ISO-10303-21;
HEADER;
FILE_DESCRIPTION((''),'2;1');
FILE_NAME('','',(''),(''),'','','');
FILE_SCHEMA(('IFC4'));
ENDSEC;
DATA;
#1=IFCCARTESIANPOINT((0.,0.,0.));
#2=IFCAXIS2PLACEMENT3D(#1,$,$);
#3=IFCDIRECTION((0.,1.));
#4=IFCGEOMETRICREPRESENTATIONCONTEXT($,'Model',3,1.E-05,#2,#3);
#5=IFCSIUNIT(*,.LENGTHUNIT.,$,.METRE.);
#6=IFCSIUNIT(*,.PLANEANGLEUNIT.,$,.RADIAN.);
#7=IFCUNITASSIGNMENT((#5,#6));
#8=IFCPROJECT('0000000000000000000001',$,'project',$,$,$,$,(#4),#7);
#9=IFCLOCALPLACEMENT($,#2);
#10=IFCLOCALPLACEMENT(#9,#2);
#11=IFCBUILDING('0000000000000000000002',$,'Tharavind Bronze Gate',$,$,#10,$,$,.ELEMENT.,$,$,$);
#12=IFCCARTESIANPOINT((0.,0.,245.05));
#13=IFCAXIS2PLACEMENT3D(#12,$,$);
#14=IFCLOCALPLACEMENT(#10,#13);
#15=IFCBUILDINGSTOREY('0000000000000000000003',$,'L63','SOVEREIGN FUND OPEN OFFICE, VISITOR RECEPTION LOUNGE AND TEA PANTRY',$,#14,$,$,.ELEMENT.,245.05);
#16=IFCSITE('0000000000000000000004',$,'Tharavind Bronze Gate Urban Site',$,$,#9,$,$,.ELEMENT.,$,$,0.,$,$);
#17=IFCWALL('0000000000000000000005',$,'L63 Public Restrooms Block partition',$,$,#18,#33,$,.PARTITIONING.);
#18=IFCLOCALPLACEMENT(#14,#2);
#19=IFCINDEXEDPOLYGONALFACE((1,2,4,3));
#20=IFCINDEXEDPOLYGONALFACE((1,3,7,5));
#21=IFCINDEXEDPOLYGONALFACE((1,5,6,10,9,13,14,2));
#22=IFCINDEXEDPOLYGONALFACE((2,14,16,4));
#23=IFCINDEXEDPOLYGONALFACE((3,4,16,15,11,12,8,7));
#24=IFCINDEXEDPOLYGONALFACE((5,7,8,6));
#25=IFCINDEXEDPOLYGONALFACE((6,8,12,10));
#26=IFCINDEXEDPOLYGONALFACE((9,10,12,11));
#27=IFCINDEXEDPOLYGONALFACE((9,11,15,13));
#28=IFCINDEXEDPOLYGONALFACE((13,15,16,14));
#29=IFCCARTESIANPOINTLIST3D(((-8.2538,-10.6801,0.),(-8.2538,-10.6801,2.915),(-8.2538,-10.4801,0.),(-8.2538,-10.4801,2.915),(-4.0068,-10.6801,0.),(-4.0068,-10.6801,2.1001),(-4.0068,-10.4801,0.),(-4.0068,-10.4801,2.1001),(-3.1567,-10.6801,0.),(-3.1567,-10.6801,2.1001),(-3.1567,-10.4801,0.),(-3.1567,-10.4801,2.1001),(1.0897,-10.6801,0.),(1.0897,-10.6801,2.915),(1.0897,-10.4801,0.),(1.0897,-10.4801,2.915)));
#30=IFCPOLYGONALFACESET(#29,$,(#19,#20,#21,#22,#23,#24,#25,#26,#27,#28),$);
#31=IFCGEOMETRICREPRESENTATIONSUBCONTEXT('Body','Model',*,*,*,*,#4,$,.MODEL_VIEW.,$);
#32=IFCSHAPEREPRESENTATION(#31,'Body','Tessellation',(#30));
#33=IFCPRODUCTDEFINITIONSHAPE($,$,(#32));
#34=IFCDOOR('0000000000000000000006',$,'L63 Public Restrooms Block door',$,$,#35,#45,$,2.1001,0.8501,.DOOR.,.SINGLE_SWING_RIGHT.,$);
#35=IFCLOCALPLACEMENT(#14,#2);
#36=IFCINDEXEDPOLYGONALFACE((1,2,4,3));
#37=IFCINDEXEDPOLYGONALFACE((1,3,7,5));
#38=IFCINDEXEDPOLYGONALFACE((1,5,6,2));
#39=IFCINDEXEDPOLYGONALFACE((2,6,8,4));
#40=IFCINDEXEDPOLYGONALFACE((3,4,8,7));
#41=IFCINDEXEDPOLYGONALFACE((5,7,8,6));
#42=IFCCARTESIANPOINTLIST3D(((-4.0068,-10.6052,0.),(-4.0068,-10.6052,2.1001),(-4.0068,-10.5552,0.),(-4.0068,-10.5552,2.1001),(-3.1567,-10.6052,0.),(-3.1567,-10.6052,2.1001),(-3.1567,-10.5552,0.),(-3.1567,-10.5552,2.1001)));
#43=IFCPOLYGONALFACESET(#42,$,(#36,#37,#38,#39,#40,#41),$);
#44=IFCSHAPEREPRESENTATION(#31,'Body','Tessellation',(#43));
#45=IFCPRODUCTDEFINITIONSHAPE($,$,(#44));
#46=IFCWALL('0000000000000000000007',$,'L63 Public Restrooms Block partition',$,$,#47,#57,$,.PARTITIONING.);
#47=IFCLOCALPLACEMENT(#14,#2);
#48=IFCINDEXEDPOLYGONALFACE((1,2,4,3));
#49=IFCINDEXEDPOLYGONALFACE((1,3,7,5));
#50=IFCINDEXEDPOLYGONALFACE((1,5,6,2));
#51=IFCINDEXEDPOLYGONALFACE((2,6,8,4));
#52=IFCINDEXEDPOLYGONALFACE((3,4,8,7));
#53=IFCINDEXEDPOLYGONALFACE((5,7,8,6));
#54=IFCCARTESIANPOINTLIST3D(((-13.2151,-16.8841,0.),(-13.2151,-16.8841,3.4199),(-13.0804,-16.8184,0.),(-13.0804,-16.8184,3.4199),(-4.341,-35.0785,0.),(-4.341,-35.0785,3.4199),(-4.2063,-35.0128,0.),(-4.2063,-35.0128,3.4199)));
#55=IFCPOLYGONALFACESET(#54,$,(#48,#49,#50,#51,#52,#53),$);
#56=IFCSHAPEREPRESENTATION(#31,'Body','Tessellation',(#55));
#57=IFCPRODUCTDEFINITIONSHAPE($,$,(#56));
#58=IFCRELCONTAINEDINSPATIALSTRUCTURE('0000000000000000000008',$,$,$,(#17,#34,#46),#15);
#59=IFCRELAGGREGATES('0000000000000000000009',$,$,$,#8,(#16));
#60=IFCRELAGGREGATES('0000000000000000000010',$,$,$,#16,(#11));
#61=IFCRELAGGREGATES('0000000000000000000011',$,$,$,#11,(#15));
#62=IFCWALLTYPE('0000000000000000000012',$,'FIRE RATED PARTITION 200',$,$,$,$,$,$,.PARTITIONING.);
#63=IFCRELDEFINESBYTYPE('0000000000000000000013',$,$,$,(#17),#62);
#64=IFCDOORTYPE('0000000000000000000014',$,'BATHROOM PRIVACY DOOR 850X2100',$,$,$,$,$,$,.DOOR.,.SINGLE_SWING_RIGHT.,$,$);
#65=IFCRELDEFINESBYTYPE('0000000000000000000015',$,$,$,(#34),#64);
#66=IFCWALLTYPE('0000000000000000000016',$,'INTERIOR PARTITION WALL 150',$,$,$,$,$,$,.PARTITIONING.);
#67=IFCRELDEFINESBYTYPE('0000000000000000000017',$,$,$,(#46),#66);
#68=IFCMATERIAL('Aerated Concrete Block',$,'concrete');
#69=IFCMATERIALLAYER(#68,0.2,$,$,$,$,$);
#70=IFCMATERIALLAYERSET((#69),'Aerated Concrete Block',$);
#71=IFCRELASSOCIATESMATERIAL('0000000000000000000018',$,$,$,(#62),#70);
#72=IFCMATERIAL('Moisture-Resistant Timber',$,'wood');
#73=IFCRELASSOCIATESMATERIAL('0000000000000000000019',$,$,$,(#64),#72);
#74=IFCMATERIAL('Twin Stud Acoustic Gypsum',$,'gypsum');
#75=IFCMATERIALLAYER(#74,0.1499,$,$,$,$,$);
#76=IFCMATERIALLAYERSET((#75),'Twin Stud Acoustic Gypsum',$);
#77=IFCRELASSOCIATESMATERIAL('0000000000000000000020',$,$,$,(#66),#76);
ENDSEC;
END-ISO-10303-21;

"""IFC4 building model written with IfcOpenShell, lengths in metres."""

from ifc_helpers import new_model, si_unit, direction, frame, frame_2d, origin, place, context, subcontext, project, spatial, rectangle, extrude, material, layer, layer_set, type_object, element, fill, save


model = new_model("IFC4")

# Units and contexts
model_context = context("Model", 3, precision=1e-05, world=origin(), true_north=direction((0.0, 1.0)))
body_context = subcontext(model_context, "Body", "Model", "MODEL_VIEW")
ifc_project = project(units=[si_unit("LENGTHUNIT", "METRE"), si_unit("PLANEANGLEUNIT", "RADIAN")], contexts=[model_context])

# Site, building, storey
site_placement = place(None, origin())
site = spatial("IfcSite", under=ifc_project, at=site_placement, Name="Tharavind Bronze Gate Urban Site", CompositionType="ELEMENT", RefElevation=0.0)
building_placement = place(site_placement, origin())
building = spatial("IfcBuilding", under=site, at=building_placement, Name="Tharavind Bronze Gate", CompositionType="ELEMENT")
storey_placement = place(building_placement, frame((0.0, 0.0, 245.05)))
storey = spatial("IfcBuildingStorey", under=building, at=storey_placement, Name="L63", Description="SOVEREIGN FUND OPEN OFFICE, VISITOR RECEPTION LOUNGE AND TEA PANTRY", CompositionType="ELEMENT", Elevation=245.05)

# Shared definitions
ifc_material_1 = material(Name="Aerated Concrete Block", Category="concrete")
ifc_layer_1 = layer(ifc_material_1, 0.2)
ifc_layer_set_1 = layer_set([ifc_layer_1], Name="Aerated Concrete Block")
wall_type_1 = type_object("IfcWallType", Name="FIRE RATED PARTITION 200", PredefinedType="PARTITIONING", material=ifc_layer_set_1)

# Wall, opening, door
wall_1_placement = place(storey_placement, frame((-8.2539, -10.5801, 0.0), z_axis=(0.0, 0.0, 1.0), x_axis=(1.0, 0.0, 0.0)))
wall_1 = element("IfcWall", 1, at=wall_1_placement, inside=storey, type_object=wall_type_1, Name="L63 Public Restrooms Block partition", PredefinedType="PARTITIONING", context=body_context, shape_type="SweptSolid", body=[
    extrude(rectangle(XDim=9.3435, YDim=0.2, at=frame_2d((4.6719, 0.0))), origin(), (0.0, 0.0, 1.0), 2.915),
])
opening_placement = place(wall_1_placement, frame((4.2471, 0.0, 0.0)))
opening = element("IfcOpeningElement", 2, at=opening_placement, cuts=wall_1, PredefinedType="OPENING", context=body_context, shape_type="SweptSolid", body=[
    extrude(rectangle(XDim=0.8501, YDim=2.1001, at=frame_2d((0.425, 1.05))), frame((0.0, 0.1101, 0.0), z_axis=(0.0, -1.0, 0.0), x_axis=(1.0, 0.0, 0.0)), (0.0, 0.0, 1.0), 0.22),
])
ifc_material_2 = material(Name="Moisture-Resistant Timber", Category="wood")
door_type = type_object("IfcDoorType", Name="BATHROOM PRIVACY DOOR 850X2100", OperationType="SINGLE_SWING_RIGHT", PredefinedType="DOOR", material=ifc_material_2)
door_placement = place(opening_placement, origin())
door = element("IfcDoor", 3, at=door_placement, inside=storey, type_object=door_type, Name="L63 Public Restrooms Block door", OperationType="SINGLE_SWING_RIGHT", OverallHeight=2.1001, OverallWidth=0.8501, PredefinedType="DOOR", context=body_context, shape_type="SweptSolid", body=[
    extrude(rectangle(XDim=0.8501, YDim=2.1001, at=frame_2d((0.425, 1.05))), frame((0.0, 0.0249, 0.0), z_axis=(0.0, -1.0, 0.0), x_axis=(1.0, 0.0, 0.0)), (0.0, 0.0, 1.0), 0.05),
])
fill(opening, door)

# Wall
ifc_material_3 = material(Name="Twin Stud Acoustic Gypsum", Category="gypsum")
ifc_layer_2 = layer(ifc_material_3, 0.1499)
ifc_layer_set_2 = layer_set([ifc_layer_2], Name="Twin Stud Acoustic Gypsum")
wall_type_2 = type_object("IfcWallType", Name="INTERIOR PARTITION WALL 150", PredefinedType="PARTITIONING", material=ifc_layer_set_2)
wall_2_placement = place(storey_placement, frame((-4.2737, -35.0457, 0.0), z_axis=(0.0, 0.0, 1.0), x_axis=(-0.438373, 0.898793, 0.0)))
element("IfcWall", 4, at=wall_2_placement, inside=storey, type_object=wall_type_2, Name="L63 Public Restrooms Block partition", PredefinedType="PARTITIONING", context=body_context, shape_type="SweptSolid", body=[
    extrude(rectangle(XDim=20.2432, YDim=0.1499, at=frame_2d((10.1216, 0.0))), origin(), (0.0, 0.0, 1.0), 3.4199),
])

save(model, "model.ifc")
